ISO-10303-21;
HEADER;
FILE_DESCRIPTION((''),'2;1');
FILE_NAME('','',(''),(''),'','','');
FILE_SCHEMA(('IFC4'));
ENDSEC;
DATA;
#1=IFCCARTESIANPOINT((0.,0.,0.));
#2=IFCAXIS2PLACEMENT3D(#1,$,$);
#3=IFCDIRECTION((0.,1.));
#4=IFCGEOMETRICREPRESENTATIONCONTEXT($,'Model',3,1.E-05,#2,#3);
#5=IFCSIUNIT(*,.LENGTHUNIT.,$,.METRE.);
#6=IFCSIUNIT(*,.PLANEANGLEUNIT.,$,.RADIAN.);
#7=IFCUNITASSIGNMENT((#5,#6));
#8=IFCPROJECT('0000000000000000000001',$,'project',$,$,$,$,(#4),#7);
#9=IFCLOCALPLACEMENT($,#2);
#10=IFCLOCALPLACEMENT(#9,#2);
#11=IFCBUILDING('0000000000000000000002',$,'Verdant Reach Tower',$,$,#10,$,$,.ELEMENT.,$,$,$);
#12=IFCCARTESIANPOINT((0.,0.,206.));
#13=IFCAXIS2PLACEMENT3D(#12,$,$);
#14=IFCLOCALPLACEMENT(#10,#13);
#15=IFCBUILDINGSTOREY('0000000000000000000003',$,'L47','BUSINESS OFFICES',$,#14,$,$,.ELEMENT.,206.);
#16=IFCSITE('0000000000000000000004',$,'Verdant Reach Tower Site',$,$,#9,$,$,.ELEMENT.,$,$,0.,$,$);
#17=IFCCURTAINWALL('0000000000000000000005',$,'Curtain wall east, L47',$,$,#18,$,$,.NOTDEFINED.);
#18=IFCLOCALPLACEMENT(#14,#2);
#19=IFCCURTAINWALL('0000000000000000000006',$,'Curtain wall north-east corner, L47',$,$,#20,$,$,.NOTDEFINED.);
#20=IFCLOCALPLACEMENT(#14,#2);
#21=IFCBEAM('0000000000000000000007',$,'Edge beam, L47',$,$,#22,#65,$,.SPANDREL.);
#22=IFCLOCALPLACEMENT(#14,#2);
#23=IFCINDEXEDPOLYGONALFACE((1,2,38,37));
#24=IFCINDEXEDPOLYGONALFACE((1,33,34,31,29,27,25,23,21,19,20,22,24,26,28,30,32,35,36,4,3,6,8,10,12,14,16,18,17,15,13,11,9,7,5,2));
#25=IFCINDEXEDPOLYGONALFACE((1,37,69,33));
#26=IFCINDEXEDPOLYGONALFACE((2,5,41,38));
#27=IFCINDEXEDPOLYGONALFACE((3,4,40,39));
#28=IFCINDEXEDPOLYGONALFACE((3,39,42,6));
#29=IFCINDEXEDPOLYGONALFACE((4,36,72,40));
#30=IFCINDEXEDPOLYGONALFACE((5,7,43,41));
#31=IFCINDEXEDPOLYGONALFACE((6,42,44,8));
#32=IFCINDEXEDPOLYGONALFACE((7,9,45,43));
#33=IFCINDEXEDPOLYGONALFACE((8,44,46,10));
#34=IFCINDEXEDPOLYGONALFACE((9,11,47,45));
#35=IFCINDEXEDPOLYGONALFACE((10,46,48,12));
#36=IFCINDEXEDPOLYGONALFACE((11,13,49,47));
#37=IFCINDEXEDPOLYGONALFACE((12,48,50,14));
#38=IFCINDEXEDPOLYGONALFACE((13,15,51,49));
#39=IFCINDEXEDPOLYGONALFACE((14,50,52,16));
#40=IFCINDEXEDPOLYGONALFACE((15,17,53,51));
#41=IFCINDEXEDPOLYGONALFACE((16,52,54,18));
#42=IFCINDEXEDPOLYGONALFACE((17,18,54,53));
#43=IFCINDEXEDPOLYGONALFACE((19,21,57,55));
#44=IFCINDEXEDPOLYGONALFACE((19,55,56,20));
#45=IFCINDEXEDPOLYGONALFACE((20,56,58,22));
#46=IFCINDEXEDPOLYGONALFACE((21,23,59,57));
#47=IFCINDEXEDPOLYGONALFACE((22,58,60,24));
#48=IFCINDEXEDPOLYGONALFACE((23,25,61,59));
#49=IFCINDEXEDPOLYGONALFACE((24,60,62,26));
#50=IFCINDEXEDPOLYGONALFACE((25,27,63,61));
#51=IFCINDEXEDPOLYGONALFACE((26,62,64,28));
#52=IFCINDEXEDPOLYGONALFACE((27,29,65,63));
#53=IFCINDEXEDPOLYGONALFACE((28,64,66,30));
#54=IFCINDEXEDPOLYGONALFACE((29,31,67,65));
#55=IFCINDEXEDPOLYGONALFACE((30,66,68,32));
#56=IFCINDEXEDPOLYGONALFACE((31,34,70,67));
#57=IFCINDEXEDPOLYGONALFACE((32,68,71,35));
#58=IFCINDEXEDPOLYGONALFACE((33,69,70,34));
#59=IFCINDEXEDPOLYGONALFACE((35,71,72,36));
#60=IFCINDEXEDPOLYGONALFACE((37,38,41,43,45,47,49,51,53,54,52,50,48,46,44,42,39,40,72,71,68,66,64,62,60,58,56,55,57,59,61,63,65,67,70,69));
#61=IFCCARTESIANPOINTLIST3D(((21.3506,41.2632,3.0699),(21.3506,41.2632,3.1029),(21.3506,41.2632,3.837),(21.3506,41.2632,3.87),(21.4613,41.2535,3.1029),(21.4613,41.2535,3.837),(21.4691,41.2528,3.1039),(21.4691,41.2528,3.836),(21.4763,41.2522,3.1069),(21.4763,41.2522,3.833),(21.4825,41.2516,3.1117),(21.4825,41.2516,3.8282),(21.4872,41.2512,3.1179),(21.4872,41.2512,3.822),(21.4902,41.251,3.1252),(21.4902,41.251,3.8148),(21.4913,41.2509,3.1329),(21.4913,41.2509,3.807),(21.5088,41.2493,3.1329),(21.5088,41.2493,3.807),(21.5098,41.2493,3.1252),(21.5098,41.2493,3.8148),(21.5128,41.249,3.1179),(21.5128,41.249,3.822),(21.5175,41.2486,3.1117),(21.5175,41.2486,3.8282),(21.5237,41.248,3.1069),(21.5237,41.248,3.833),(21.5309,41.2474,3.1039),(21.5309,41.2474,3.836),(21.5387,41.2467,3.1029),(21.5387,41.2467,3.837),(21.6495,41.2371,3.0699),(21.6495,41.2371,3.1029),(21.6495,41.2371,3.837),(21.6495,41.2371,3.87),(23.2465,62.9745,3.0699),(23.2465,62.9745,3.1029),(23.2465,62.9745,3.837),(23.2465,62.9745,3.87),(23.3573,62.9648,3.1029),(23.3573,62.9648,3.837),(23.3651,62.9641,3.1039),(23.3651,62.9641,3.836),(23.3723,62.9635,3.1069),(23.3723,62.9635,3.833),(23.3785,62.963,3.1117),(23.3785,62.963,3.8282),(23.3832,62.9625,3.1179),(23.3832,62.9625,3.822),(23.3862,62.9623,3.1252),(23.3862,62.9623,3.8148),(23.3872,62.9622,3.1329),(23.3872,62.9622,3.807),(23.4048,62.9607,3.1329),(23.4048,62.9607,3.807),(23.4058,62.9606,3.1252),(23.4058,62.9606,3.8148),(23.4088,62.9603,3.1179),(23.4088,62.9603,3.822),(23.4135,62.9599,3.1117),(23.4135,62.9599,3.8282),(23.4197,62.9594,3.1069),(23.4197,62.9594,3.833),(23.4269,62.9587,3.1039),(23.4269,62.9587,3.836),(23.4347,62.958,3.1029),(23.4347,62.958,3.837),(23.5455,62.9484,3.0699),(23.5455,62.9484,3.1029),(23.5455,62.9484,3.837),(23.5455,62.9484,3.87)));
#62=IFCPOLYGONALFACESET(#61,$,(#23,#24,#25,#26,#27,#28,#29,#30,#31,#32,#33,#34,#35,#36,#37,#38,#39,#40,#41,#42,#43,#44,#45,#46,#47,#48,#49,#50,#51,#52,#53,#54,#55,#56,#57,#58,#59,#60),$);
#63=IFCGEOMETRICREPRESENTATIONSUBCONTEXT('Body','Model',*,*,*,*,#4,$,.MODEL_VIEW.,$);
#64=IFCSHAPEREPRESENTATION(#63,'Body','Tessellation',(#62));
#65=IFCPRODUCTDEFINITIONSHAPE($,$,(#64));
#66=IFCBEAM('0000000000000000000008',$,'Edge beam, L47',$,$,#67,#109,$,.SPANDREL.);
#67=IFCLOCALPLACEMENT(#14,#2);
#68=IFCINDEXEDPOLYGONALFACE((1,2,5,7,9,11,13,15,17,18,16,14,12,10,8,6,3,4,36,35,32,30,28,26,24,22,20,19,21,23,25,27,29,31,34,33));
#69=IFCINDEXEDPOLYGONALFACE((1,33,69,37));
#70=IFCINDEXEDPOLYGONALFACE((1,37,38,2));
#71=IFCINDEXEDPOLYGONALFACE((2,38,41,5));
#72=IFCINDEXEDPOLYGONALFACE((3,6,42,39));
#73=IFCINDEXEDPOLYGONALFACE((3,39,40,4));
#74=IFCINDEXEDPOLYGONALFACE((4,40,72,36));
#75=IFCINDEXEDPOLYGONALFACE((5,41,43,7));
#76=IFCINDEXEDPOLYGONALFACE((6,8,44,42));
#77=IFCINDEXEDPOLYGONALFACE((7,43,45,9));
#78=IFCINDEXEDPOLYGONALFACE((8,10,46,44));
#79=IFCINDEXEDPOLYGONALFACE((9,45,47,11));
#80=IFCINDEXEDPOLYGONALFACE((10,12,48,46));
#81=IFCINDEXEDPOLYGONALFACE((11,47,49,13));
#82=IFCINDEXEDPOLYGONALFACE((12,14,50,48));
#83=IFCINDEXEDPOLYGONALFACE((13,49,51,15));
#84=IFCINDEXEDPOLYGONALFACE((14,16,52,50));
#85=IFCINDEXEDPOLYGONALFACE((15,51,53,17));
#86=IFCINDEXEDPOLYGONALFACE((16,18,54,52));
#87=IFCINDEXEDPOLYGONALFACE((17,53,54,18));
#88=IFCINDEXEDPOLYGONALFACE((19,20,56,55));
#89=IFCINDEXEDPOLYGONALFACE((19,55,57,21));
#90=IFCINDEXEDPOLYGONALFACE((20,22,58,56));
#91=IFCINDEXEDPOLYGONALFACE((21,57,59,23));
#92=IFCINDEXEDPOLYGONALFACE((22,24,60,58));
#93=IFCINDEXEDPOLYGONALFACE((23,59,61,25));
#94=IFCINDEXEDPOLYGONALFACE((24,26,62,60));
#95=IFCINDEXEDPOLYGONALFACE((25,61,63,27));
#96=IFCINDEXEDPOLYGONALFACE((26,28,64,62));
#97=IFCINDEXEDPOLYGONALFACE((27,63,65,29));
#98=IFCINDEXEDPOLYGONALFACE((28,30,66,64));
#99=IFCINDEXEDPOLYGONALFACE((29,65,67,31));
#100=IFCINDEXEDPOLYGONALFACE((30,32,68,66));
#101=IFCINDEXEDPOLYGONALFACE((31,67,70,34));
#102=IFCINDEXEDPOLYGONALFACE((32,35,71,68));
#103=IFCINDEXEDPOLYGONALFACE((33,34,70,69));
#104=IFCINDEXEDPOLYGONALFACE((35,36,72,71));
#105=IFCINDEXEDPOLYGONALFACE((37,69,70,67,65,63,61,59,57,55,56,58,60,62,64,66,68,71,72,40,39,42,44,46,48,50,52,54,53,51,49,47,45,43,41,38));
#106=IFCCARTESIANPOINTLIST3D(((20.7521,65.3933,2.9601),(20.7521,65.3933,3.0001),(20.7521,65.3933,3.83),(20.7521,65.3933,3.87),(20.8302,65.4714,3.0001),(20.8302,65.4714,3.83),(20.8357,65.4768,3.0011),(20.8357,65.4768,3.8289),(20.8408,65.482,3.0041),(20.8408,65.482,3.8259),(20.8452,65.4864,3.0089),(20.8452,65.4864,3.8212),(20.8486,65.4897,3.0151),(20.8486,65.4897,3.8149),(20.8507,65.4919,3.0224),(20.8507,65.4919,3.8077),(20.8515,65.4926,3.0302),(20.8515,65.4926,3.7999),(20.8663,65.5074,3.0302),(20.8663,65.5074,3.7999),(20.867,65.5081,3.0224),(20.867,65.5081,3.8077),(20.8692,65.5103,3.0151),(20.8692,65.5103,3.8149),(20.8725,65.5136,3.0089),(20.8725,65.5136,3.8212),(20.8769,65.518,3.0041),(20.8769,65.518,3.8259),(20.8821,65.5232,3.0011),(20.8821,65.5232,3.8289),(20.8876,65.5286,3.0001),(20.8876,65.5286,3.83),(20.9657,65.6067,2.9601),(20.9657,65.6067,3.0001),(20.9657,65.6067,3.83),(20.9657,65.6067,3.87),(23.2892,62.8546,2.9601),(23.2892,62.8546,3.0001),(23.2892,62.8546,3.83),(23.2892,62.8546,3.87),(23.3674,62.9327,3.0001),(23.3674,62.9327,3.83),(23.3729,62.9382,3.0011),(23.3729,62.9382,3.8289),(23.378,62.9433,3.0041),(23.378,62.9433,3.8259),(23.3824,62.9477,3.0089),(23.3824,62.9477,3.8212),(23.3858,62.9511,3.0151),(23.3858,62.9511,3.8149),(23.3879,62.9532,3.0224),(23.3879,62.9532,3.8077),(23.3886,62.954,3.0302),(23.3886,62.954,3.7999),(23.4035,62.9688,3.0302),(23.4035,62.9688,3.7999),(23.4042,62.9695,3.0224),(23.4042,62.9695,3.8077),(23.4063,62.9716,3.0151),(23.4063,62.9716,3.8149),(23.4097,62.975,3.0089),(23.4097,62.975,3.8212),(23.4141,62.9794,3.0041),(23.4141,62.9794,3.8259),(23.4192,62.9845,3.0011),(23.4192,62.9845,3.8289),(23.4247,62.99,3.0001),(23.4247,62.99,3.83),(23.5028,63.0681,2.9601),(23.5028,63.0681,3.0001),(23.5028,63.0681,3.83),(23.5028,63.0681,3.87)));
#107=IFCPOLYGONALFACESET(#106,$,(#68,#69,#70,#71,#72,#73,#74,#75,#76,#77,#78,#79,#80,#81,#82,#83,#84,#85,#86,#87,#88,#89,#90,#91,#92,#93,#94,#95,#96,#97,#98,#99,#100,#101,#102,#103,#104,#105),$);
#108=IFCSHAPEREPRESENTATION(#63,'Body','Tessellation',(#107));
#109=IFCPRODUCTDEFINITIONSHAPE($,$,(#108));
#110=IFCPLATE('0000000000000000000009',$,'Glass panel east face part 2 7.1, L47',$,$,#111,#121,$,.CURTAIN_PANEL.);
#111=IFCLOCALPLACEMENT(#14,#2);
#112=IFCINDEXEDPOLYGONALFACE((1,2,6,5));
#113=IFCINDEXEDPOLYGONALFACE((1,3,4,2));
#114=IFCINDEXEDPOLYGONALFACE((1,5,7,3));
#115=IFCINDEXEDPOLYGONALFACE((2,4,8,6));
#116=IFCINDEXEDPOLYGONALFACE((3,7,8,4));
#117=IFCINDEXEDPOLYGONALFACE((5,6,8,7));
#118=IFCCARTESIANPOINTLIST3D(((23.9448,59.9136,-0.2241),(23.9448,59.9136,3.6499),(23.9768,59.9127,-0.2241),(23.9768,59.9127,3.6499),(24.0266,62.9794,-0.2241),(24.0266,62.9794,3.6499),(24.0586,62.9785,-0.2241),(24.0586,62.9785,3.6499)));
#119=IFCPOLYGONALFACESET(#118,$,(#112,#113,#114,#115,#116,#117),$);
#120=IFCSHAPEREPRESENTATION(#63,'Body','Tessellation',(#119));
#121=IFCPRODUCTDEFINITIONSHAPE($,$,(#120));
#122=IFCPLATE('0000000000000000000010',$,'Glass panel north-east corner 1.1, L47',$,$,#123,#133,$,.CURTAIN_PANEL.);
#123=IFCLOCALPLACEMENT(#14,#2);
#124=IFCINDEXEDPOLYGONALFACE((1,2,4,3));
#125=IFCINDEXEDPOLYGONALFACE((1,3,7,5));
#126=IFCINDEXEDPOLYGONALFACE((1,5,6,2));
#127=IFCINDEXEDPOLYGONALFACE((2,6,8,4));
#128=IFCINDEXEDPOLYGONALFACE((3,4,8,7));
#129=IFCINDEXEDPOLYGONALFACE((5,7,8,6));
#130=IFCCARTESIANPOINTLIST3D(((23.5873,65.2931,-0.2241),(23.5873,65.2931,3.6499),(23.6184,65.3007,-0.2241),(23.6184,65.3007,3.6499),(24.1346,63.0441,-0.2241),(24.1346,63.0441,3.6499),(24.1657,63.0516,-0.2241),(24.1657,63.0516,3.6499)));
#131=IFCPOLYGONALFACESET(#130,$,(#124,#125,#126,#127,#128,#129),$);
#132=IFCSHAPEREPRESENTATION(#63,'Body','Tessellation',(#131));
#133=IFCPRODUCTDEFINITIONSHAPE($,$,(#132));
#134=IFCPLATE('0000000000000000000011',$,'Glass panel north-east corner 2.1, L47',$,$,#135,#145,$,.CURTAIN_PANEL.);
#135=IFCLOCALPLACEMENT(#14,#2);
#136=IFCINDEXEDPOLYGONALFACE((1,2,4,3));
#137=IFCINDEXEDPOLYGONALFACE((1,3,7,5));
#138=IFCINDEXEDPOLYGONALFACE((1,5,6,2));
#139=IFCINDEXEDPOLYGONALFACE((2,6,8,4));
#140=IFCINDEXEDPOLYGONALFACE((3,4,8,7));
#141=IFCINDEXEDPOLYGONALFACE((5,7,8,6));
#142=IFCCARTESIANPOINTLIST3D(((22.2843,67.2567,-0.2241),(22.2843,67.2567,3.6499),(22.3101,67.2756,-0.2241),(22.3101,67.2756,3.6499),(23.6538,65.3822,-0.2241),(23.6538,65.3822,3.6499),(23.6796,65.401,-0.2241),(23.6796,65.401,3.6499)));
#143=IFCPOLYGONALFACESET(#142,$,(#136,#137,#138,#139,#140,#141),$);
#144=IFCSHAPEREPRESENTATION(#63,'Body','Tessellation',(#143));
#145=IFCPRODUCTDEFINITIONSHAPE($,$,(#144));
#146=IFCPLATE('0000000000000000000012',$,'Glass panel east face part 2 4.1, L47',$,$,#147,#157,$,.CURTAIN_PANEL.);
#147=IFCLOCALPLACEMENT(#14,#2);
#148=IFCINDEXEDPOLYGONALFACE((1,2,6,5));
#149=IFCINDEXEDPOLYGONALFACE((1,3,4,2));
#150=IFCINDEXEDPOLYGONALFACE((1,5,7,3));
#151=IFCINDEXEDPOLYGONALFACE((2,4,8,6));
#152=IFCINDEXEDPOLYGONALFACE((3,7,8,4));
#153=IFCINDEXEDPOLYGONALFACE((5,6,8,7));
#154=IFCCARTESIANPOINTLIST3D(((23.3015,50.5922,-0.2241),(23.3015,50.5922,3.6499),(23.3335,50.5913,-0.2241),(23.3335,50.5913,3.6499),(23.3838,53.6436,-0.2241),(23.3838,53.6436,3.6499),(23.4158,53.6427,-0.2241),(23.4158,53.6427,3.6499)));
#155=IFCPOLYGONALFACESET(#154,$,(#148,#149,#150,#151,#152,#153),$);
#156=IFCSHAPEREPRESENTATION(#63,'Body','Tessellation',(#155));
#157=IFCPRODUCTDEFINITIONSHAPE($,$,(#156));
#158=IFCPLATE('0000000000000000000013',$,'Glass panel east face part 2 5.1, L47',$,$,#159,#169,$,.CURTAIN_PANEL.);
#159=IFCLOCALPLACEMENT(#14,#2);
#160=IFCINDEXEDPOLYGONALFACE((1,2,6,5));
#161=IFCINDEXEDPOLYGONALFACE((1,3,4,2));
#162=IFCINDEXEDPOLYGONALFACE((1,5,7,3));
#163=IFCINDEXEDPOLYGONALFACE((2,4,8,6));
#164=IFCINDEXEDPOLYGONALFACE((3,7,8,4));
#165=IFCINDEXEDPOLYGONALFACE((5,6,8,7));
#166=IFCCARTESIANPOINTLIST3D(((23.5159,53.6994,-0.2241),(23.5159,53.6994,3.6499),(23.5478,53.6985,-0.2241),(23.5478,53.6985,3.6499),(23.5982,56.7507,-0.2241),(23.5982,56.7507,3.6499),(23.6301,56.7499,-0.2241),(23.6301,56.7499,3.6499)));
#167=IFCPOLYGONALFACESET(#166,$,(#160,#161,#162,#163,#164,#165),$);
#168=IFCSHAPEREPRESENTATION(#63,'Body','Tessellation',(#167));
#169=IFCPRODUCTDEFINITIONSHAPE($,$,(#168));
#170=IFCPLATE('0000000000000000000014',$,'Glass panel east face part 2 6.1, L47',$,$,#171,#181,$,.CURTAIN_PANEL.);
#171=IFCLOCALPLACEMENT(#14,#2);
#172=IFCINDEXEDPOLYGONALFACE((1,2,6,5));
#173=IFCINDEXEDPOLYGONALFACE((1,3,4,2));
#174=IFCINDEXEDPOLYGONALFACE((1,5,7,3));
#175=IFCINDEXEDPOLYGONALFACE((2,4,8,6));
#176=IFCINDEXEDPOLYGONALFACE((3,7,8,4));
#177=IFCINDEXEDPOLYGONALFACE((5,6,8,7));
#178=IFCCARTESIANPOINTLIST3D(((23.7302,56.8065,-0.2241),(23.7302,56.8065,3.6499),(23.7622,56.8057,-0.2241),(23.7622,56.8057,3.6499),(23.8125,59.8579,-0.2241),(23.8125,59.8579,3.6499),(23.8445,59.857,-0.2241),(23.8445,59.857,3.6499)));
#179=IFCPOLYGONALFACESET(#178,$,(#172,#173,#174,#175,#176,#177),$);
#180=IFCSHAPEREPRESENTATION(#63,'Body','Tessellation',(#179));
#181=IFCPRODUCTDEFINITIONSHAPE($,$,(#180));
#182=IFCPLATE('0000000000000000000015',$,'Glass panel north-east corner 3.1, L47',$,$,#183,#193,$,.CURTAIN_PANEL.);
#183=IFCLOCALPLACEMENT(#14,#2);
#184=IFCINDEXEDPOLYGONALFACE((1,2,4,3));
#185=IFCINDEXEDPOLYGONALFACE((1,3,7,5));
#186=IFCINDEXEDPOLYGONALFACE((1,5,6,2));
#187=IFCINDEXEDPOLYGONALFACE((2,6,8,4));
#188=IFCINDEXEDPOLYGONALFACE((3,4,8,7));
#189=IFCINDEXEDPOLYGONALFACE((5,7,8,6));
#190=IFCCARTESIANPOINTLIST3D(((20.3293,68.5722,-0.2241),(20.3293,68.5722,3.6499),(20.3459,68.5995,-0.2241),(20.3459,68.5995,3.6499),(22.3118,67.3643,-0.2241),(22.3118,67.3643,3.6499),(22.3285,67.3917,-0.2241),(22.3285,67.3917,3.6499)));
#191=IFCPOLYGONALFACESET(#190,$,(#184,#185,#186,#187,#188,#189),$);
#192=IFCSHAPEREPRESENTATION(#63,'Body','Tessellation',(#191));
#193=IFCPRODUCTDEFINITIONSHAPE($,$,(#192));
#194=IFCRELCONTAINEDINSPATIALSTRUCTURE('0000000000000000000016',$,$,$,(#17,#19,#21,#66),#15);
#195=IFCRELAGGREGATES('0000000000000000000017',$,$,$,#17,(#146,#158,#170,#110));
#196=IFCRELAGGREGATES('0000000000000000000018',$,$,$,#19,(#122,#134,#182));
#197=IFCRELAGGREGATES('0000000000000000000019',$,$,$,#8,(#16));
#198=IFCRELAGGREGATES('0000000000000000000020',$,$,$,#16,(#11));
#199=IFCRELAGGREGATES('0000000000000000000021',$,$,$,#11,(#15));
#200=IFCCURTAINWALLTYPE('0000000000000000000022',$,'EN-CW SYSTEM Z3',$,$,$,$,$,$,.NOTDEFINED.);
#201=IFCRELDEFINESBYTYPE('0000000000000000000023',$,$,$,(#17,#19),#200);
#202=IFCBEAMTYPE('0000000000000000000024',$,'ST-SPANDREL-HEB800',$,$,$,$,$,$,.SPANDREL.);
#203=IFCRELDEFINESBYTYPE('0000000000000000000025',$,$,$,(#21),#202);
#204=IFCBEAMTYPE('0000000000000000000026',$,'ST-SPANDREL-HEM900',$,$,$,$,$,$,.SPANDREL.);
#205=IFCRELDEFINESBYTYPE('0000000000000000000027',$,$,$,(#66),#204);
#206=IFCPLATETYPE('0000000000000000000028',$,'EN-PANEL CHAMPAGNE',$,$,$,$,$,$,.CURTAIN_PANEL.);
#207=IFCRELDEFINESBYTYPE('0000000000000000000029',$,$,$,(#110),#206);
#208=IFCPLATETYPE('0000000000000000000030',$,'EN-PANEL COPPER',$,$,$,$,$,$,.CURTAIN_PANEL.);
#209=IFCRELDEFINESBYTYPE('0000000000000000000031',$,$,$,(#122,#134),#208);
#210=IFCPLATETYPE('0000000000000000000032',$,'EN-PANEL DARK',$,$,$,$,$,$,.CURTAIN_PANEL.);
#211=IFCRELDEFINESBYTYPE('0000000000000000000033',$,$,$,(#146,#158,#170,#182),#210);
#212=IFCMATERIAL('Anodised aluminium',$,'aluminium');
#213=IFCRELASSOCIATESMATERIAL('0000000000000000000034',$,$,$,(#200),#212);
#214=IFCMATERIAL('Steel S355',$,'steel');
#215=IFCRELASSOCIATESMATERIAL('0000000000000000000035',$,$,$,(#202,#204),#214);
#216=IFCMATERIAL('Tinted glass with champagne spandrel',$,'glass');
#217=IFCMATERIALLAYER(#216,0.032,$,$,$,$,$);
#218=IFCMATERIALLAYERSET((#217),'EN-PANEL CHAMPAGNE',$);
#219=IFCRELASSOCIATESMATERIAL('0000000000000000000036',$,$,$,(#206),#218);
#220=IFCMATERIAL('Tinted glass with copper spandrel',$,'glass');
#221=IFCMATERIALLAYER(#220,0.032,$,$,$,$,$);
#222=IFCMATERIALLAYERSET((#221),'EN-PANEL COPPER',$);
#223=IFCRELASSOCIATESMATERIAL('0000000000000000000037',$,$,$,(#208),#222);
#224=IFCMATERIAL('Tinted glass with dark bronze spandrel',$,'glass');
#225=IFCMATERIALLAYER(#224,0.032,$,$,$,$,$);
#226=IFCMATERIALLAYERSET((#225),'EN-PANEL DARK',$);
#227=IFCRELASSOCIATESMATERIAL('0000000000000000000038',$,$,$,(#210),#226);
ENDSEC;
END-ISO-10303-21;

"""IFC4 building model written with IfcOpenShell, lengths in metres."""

from ifc_helpers import new_model, si_unit, direction, frame, origin, origin_2d, place, context, subcontext, project, spatial, rectangle, i_section, extrude, material, layer, layer_set, material_profile, profile_set, type_object, element, aggregate, save


model = new_model("IFC4")

# Units and contexts
model_context = context("Model", 3, precision=1e-05, world=origin(), true_north=direction((0.0, 1.0)))
body_context = subcontext(model_context, "Body", "Model", "MODEL_VIEW")
ifc_project = project(units=[si_unit("LENGTHUNIT", "METRE"), si_unit("PLANEANGLEUNIT", "RADIAN")], contexts=[model_context])

# Site, building, storey
site_placement = place(None, origin())
site = spatial("IfcSite", under=ifc_project, at=site_placement, Name="Verdant Reach Tower Site", CompositionType="ELEMENT", RefElevation=0.0)
building_placement = place(site_placement, origin())
building = spatial("IfcBuilding", under=site, at=building_placement, Name="Verdant Reach Tower", CompositionType="ELEMENT")
storey_placement = place(building_placement, frame((0.0, 0.0, 206.0)))
storey = spatial("IfcBuildingStorey", under=building, at=storey_placement, Name="L47", Description="BUSINESS OFFICES", CompositionType="ELEMENT", Elevation=206.0)

# Curtain walls
ifc_material_1 = material(Name="Anodised aluminium", Category="aluminium")
curtain_wall_type = type_object("IfcCurtainWallType", Name="EN-CW SYSTEM Z3", PredefinedType="NOTDEFINED", material=ifc_material_1)
curtain_wall_1_placement = place(storey_placement, origin())
curtain_wall_1 = element("IfcCurtainWall", 1, at=curtain_wall_1_placement, inside=storey, type_object=curtain_wall_type, Name="Curtain wall east, L47", PredefinedType="NOTDEFINED")
curtain_wall_2_placement = place(storey_placement, origin())
curtain_wall_2 = element("IfcCurtainWall", 2, at=curtain_wall_2_placement, inside=storey, type_object=curtain_wall_type, Name="Curtain wall north-east corner, L47", PredefinedType="NOTDEFINED")

# Beams
ifc_material_2 = material(Name="Steel S355", Category="steel")
ifc_material_profile_1 = material_profile(ifc_material_2, i_section(OverallWidth=0.3, OverallDepth=0.8, WebThickness=0.0176, FlangeThickness=0.033, FilletRadius=0.03, at=origin_2d()), Name="HEB 800")
ifc_profile_set_1 = profile_set([ifc_material_profile_1], Name="Steel S355")
beam_type_1 = type_object("IfcBeamType", Name="ST-SPANDREL-HEB800", PredefinedType="SPANDREL", material=ifc_profile_set_1)
beam_1_placement = place(storey_placement, frame((23.396, 62.9614, 3.47), z_axis=(-0.086996, -0.996209, 0.0), x_axis=(0.996209, -0.086996, 0.0)))
element("IfcBeam", 3, at=beam_1_placement, inside=storey, type_object=beam_type_1, Name="Edge beam, L47", PredefinedType="SPANDREL", context=body_context, shape_type="SweptSolid", body=[
    extrude(i_section(OverallWidth=0.3, OverallDepth=0.8, WebThickness=0.0176, FlangeThickness=0.033, FilletRadius=0.03, at=origin_2d()), origin(), (0.0, 0.0, 1.0), 21.7939),
])
ifc_material_profile_2 = material_profile(ifc_material_2, i_section(OverallWidth=0.302, OverallDepth=0.9099, WebThickness=0.021, FlangeThickness=0.04, FilletRadius=0.03, at=origin_2d()), Name="HEM 900")
ifc_profile_set_2 = profile_set([ifc_material_profile_2], Name="Steel S355")
beam_type_2 = type_object("IfcBeamType", Name="ST-SPANDREL-HEM900", PredefinedType="SPANDREL", material=ifc_profile_set_2)
beam_2_placement = place(storey_placement, frame((20.8589, 65.5, 3.415), z_axis=(0.706903, -0.707311, 0.0), x_axis=(0.707311, 0.706903, 0.0)))
element("IfcBeam", 4, at=beam_2_placement, inside=storey, type_object=beam_type_2, Name="Edge beam, L47", PredefinedType="SPANDREL", context=body_context, shape_type="SweptSolid", body=[
    extrude(i_section(OverallWidth=0.302, OverallDepth=0.9099, WebThickness=0.021, FlangeThickness=0.04, FilletRadius=0.03, at=origin_2d()), origin(), (0.0, 0.0, 1.0), 3.5891),
])

# Plates
ifc_material_3 = material(Name="Tinted glass with champagne spandrel", Category="glass")
ifc_layer_1 = layer(ifc_material_3, 0.032)
ifc_layer_set_1 = layer_set([ifc_layer_1], Name="EN-PANEL CHAMPAGNE")
plate_type_1 = type_object("IfcPlateType", Name="EN-PANEL CHAMPAGNE", PredefinedType="CURTAIN_PANEL", material=ifc_layer_set_1)
plate_1_placement = place(storey_placement, frame((24.0017, 61.446, -0.2241), z_axis=(0.0, 0.0, 1.0), x_axis=(0.02666, 0.999645, 0.0)))
plate_1 = element("IfcPlate", 5, at=plate_1_placement, type_object=plate_type_1, Name="Glass panel east face part 2 7.1, L47", PredefinedType="CURTAIN_PANEL", context=body_context, shape_type="SweptSolid", body=[
    extrude(rectangle(XDim=3.0669, YDim=0.032, at=origin_2d()), origin(), (0.0, 0.0, 1.0), 3.874),
])
ifc_material_4 = material(Name="Tinted glass with copper spandrel", Category="glass")
ifc_layer_2 = layer(ifc_material_4, 0.032)
ifc_layer_set_2 = layer_set([ifc_layer_2], Name="EN-PANEL COPPER")
plate_type_2 = type_object("IfcPlateType", Name="EN-PANEL COPPER", PredefinedType="CURTAIN_PANEL", material=ifc_layer_set_2)
plate_2_placement = place(storey_placement, frame((23.8765, 64.1724, -0.2241), z_axis=(0.0, 0.0, 1.0), x_axis=(-0.236446, 0.971645, 0.0)))
plate_2 = element("IfcPlate", 6, at=plate_2_placement, type_object=plate_type_2, Name="Glass panel north-east corner 1.1, L47", PredefinedType="CURTAIN_PANEL", context=body_context, shape_type="SweptSolid", body=[
    extrude(rectangle(XDim=2.3147, YDim=0.032, at=origin_2d()), origin(), (0.0, 0.0, 1.0), 3.874),
])
plate_3_placement = place(storey_placement, frame((22.9819, 66.3289, -0.2241), z_axis=(0.0, 0.0, 1.0), x_axis=(-0.589927, 0.807457, 0.0)))
plate_3 = element("IfcPlate", 7, at=plate_3_placement, type_object=plate_type_2, Name="Glass panel north-east corner 2.1, L47", PredefinedType="CURTAIN_PANEL", context=body_context, shape_type="SweptSolid", body=[
    extrude(rectangle(XDim=2.3215, YDim=0.032, at=origin_2d()), origin(), (0.0, 0.0, 1.0), 3.874),
])
ifc_material_5 = material(Name="Tinted glass with dark bronze spandrel", Category="glass")
ifc_layer_3 = layer(ifc_material_5, 0.032)
ifc_layer_set_3 = layer_set([ifc_layer_3], Name="EN-PANEL DARK")
plate_type_3 = type_object("IfcPlateType", Name="EN-PANEL DARK", PredefinedType="CURTAIN_PANEL", material=ifc_layer_set_3)
plate_4_placement = place(storey_placement, frame((23.3586, 52.1174, -0.2241), z_axis=(0.0, 0.0, 1.0), x_axis=(0.026965, 0.999636, 0.0)))
plate_4 = element("IfcPlate", 8, at=plate_4_placement, type_object=plate_type_3, Name="Glass panel east face part 2 4.1, L47", PredefinedType="CURTAIN_PANEL", context=body_context, shape_type="SweptSolid", body=[
    extrude(rectangle(XDim=3.0525, YDim=0.032, at=origin_2d()), origin(), (0.0, 0.0, 1.0), 3.874),
])
plate_5_placement = place(storey_placement, frame((23.573, 55.2246, -0.2241), z_axis=(0.0, 0.0, 1.0), x_axis=(0.026965, 0.999636, 0.0)))
plate_5 = element("IfcPlate", 9, at=plate_5_placement, type_object=plate_type_3, Name="Glass panel east face part 2 5.1, L47", PredefinedType="CURTAIN_PANEL", context=body_context, shape_type="SweptSolid", body=[
    extrude(rectangle(XDim=3.0525, YDim=0.032, at=origin_2d()), origin(), (0.0, 0.0, 1.0), 3.874),
])
plate_6_placement = place(storey_placement, frame((23.7874, 58.3318, -0.2241), z_axis=(0.0, 0.0, 1.0), x_axis=(0.026965, 0.999636, 0.0)))
plate_6 = element("IfcPlate", 10, at=plate_6_placement, type_object=plate_type_3, Name="Glass panel east face part 2 6.1, L47", PredefinedType="CURTAIN_PANEL", context=body_context, shape_type="SweptSolid", body=[
    extrude(rectangle(XDim=3.0525, YDim=0.032, at=origin_2d()), origin(), (0.0, 0.0, 1.0), 3.874),
])
aggregate(curtain_wall_1, [plate_4, plate_5, plate_6, plate_1])
plate_7_placement = place(storey_placement, frame((21.3289, 67.9819, -0.2241), z_axis=(0.0, 0.0, 1.0), x_axis=(-0.853989, 0.520292, 0.0)))
plate_7 = element("IfcPlate", 11, at=plate_7_placement, type_object=plate_type_3, Name="Glass panel north-east corner 3.1, L47", PredefinedType="CURTAIN_PANEL", context=body_context, shape_type="SweptSolid", body=[
    extrude(rectangle(XDim=2.3215, YDim=0.032, at=origin_2d()), origin(), (0.0, 0.0, 1.0), 3.874),
])
aggregate(curtain_wall_2, [plate_2, plate_3, plate_7])

save(model, "model.ifc")
